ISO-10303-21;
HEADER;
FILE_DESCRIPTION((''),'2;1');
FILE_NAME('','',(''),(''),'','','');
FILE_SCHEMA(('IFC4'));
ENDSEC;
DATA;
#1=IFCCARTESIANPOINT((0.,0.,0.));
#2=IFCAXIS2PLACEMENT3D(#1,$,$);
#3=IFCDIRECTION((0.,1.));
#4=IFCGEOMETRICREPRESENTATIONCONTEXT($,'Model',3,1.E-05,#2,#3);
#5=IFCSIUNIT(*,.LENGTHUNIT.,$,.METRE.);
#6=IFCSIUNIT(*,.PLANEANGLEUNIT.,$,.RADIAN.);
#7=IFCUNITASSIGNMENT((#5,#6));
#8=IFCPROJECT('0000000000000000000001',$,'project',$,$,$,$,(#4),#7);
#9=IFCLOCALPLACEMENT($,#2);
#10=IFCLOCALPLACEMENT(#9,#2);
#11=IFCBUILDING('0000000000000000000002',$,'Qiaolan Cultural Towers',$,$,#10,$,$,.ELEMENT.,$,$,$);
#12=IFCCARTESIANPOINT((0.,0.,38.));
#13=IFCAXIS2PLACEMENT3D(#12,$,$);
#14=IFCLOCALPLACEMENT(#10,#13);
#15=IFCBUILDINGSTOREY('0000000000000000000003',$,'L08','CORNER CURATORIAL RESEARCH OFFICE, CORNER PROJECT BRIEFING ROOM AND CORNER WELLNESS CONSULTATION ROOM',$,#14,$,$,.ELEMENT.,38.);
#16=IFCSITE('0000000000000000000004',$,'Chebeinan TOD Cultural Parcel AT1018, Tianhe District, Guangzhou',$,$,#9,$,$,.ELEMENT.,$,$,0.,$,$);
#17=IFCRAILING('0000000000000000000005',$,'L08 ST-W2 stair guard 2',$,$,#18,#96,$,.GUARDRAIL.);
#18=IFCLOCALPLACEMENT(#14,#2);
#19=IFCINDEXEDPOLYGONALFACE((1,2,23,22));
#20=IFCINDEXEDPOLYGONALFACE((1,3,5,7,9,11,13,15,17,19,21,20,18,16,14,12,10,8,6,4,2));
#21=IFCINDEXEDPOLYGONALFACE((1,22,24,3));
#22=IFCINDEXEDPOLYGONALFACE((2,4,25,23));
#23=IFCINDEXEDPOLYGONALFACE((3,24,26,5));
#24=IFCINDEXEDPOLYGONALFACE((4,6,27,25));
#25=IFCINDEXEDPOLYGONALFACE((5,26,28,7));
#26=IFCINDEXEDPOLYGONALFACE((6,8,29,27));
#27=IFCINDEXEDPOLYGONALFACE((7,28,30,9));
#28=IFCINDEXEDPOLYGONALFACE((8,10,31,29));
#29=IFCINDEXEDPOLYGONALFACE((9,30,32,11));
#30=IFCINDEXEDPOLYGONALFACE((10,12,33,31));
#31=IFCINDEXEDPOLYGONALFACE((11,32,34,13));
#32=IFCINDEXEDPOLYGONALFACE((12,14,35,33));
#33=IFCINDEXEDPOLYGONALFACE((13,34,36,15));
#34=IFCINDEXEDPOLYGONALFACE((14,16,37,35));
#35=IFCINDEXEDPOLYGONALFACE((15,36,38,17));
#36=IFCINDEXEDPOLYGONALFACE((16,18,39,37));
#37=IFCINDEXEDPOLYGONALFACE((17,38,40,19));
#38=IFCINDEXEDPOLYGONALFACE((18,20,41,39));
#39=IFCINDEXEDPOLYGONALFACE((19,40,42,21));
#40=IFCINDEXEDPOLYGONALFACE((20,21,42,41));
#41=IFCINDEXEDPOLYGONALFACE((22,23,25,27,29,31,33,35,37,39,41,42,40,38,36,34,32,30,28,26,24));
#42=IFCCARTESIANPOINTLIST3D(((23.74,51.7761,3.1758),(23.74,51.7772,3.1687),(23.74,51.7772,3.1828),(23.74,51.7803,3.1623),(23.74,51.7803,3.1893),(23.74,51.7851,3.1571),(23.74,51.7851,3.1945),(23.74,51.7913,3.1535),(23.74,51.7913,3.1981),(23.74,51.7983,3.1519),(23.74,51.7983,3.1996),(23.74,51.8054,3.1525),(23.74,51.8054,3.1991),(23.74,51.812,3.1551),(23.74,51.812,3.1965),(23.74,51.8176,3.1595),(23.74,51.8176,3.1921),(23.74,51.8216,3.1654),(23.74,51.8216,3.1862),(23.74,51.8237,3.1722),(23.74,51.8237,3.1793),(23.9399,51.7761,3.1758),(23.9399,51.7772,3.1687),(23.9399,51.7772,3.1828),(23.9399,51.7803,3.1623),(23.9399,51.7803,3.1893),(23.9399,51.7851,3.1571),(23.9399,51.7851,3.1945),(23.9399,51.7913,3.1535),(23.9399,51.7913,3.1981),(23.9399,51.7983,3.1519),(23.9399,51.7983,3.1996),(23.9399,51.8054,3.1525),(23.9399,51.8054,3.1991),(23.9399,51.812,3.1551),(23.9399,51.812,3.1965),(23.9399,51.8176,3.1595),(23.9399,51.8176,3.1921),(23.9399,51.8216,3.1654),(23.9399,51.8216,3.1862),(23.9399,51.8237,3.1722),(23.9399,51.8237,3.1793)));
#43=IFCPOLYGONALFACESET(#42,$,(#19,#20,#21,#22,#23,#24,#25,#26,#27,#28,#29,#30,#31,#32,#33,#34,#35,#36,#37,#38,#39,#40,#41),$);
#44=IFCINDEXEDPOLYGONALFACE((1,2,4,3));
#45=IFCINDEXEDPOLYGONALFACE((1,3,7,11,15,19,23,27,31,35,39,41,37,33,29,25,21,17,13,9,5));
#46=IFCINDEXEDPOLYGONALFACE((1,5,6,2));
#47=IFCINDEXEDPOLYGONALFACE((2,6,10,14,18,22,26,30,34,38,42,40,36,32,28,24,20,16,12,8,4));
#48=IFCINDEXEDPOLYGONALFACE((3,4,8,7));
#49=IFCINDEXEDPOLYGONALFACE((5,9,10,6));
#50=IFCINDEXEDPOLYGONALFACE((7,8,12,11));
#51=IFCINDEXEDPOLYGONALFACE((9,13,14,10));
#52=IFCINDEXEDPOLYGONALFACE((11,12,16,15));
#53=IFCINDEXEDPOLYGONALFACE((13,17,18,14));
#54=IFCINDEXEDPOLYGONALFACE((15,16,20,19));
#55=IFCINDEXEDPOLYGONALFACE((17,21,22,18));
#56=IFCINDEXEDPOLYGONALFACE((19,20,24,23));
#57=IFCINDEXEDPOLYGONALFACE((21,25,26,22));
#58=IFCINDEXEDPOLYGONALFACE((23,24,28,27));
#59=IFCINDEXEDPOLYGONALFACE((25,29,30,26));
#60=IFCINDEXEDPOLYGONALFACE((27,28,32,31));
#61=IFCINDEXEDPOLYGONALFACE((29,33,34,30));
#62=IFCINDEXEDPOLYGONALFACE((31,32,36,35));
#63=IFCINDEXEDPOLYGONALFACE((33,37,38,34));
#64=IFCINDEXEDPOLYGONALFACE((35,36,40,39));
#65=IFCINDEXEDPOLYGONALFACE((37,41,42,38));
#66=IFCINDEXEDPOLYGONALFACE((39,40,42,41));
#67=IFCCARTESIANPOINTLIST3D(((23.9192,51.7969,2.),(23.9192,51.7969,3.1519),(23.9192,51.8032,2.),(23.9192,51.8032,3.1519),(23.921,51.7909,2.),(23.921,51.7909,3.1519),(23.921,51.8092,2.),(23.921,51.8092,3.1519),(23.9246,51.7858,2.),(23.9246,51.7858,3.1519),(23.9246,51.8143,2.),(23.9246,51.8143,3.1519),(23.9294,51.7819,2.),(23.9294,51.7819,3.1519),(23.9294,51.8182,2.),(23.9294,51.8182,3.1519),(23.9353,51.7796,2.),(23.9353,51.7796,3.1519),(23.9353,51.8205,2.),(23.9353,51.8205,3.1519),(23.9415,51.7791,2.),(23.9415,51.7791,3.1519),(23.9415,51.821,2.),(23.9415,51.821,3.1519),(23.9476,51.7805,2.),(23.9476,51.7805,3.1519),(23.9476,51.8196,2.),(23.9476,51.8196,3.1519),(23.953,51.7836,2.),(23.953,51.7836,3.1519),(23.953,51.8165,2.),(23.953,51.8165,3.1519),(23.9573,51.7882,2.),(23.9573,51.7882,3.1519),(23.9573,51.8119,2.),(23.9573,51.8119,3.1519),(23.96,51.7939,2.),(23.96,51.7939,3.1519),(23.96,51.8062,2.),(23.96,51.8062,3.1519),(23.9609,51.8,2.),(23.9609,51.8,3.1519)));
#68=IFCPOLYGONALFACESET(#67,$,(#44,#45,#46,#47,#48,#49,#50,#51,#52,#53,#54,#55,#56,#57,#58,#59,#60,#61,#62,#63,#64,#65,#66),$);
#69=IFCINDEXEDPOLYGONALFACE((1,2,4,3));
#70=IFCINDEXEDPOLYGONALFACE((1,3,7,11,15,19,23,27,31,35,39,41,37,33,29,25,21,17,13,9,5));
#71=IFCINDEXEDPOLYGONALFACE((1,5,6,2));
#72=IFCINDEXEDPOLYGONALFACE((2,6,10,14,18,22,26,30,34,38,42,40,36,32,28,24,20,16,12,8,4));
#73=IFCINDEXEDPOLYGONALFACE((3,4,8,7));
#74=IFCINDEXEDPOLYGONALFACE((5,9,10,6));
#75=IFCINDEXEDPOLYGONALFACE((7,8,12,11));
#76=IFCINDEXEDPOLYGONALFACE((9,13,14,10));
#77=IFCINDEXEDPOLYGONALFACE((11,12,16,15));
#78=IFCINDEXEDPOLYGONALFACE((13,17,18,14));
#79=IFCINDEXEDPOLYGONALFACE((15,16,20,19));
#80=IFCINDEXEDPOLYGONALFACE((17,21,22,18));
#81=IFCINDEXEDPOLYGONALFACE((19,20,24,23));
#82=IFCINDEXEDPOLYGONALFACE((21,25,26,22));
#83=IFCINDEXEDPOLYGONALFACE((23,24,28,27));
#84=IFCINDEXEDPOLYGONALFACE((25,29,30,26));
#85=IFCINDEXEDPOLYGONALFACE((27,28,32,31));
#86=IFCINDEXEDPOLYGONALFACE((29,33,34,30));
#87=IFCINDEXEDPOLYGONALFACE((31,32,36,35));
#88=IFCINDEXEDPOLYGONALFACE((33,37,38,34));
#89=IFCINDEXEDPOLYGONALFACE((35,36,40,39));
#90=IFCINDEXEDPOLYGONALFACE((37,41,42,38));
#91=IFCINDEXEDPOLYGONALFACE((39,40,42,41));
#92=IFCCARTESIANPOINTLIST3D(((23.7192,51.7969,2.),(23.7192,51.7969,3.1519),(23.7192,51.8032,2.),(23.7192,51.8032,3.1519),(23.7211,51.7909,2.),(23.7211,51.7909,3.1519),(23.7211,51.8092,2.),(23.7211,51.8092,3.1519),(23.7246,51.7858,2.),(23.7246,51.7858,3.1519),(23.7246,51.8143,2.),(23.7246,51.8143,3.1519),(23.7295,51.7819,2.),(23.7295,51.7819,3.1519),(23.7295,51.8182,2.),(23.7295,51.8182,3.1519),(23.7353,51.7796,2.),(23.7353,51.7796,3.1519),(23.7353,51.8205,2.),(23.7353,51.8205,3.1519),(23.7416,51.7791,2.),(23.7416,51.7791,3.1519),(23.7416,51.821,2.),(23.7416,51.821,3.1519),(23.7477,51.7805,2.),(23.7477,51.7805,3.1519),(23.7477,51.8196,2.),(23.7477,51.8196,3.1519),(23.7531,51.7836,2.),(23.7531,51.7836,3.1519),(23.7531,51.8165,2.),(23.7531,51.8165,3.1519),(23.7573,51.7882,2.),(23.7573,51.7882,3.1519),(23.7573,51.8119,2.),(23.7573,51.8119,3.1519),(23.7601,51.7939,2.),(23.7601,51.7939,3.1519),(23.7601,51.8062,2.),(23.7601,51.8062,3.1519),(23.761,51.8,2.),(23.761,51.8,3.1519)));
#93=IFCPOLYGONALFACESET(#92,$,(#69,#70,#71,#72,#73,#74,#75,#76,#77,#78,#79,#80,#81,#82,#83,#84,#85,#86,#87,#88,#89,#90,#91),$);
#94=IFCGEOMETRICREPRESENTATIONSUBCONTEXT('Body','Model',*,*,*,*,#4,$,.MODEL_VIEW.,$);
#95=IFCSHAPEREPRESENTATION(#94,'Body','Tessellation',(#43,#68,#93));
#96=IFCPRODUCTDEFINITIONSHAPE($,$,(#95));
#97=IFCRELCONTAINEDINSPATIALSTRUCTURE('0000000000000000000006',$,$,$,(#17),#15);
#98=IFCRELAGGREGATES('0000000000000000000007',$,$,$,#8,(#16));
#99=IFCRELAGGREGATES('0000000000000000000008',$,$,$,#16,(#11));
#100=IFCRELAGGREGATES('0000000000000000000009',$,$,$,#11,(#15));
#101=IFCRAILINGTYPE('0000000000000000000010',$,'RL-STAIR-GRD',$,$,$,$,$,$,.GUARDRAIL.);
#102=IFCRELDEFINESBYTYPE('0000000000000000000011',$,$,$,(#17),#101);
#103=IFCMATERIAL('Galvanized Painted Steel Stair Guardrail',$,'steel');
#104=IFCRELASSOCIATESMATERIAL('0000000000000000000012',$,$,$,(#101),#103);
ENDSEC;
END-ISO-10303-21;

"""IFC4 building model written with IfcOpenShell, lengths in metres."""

from ifc_helpers import new_model, si_unit, direction, frame, origin, origin_2d, place, context, subcontext, project, spatial, circle, extrude, material, type_object, element, save


model = new_model("IFC4")

# Units and contexts
model_context = context("Model", 3, precision=1e-05, world=origin(), true_north=direction((0.0, 1.0)))
body_context = subcontext(model_context, "Body", "Model", "MODEL_VIEW")
ifc_project = project(units=[si_unit("LENGTHUNIT", "METRE"), si_unit("PLANEANGLEUNIT", "RADIAN")], contexts=[model_context])

# Site, building, storey
site_placement = place(None, origin())
site = spatial("IfcSite", under=ifc_project, at=site_placement, Name="Chebeinan TOD Cultural Parcel AT1018, Tianhe District, Guangzhou", CompositionType="ELEMENT", RefElevation=0.0)
building_placement = place(site_placement, origin())
building = spatial("IfcBuilding", under=site, at=building_placement, Name="Qiaolan Cultural Towers", CompositionType="ELEMENT")
storey_placement = place(building_placement, frame((0.0, 0.0, 38.0)))
storey = spatial("IfcBuildingStorey", under=building, at=storey_placement, Name="L08", Description="CORNER CURATORIAL RESEARCH OFFICE, CORNER PROJECT BRIEFING ROOM AND CORNER WELLNESS CONSULTATION ROOM", CompositionType="ELEMENT", Elevation=38.0)

# Railing
ifc_material_1 = material(Name="Galvanized Painted Steel Stair Guardrail", Category="steel")
railing_type_1 = type_object("IfcRailingType", Name="RL-STAIR-GRD", PredefinedType="GUARDRAIL", material=ifc_material_1)
railing_1_placement = place(storey_placement, frame((23.9399, 51.8, 2.0)))
element("IfcRailing", 1, at=railing_1_placement, inside=storey, type_object=railing_type_1, Name="L08 ST-W2 stair guard 2", PredefinedType="GUARDRAIL", context=body_context, shape_type="SweptSolid", body=[
    extrude(circle(Radius=0.0239, at=origin_2d()), frame((0.0, 0.0, 1.1758), z_axis=(-1.0, 0.0, 0.0), x_axis=(0.0, -1.0, 0.0)), (0.0, 0.0, 1.0), 0.2),
    extrude(circle(Radius=0.021, at=origin_2d()), origin(), (0.0, 0.0, 1.0), 1.1519),
    extrude(circle(Radius=0.021, at=origin_2d()), frame((-0.2, 0.0, 0.0)), (0.0, 0.0, 1.0), 1.1519),
])

save(model, "model.ifc")
